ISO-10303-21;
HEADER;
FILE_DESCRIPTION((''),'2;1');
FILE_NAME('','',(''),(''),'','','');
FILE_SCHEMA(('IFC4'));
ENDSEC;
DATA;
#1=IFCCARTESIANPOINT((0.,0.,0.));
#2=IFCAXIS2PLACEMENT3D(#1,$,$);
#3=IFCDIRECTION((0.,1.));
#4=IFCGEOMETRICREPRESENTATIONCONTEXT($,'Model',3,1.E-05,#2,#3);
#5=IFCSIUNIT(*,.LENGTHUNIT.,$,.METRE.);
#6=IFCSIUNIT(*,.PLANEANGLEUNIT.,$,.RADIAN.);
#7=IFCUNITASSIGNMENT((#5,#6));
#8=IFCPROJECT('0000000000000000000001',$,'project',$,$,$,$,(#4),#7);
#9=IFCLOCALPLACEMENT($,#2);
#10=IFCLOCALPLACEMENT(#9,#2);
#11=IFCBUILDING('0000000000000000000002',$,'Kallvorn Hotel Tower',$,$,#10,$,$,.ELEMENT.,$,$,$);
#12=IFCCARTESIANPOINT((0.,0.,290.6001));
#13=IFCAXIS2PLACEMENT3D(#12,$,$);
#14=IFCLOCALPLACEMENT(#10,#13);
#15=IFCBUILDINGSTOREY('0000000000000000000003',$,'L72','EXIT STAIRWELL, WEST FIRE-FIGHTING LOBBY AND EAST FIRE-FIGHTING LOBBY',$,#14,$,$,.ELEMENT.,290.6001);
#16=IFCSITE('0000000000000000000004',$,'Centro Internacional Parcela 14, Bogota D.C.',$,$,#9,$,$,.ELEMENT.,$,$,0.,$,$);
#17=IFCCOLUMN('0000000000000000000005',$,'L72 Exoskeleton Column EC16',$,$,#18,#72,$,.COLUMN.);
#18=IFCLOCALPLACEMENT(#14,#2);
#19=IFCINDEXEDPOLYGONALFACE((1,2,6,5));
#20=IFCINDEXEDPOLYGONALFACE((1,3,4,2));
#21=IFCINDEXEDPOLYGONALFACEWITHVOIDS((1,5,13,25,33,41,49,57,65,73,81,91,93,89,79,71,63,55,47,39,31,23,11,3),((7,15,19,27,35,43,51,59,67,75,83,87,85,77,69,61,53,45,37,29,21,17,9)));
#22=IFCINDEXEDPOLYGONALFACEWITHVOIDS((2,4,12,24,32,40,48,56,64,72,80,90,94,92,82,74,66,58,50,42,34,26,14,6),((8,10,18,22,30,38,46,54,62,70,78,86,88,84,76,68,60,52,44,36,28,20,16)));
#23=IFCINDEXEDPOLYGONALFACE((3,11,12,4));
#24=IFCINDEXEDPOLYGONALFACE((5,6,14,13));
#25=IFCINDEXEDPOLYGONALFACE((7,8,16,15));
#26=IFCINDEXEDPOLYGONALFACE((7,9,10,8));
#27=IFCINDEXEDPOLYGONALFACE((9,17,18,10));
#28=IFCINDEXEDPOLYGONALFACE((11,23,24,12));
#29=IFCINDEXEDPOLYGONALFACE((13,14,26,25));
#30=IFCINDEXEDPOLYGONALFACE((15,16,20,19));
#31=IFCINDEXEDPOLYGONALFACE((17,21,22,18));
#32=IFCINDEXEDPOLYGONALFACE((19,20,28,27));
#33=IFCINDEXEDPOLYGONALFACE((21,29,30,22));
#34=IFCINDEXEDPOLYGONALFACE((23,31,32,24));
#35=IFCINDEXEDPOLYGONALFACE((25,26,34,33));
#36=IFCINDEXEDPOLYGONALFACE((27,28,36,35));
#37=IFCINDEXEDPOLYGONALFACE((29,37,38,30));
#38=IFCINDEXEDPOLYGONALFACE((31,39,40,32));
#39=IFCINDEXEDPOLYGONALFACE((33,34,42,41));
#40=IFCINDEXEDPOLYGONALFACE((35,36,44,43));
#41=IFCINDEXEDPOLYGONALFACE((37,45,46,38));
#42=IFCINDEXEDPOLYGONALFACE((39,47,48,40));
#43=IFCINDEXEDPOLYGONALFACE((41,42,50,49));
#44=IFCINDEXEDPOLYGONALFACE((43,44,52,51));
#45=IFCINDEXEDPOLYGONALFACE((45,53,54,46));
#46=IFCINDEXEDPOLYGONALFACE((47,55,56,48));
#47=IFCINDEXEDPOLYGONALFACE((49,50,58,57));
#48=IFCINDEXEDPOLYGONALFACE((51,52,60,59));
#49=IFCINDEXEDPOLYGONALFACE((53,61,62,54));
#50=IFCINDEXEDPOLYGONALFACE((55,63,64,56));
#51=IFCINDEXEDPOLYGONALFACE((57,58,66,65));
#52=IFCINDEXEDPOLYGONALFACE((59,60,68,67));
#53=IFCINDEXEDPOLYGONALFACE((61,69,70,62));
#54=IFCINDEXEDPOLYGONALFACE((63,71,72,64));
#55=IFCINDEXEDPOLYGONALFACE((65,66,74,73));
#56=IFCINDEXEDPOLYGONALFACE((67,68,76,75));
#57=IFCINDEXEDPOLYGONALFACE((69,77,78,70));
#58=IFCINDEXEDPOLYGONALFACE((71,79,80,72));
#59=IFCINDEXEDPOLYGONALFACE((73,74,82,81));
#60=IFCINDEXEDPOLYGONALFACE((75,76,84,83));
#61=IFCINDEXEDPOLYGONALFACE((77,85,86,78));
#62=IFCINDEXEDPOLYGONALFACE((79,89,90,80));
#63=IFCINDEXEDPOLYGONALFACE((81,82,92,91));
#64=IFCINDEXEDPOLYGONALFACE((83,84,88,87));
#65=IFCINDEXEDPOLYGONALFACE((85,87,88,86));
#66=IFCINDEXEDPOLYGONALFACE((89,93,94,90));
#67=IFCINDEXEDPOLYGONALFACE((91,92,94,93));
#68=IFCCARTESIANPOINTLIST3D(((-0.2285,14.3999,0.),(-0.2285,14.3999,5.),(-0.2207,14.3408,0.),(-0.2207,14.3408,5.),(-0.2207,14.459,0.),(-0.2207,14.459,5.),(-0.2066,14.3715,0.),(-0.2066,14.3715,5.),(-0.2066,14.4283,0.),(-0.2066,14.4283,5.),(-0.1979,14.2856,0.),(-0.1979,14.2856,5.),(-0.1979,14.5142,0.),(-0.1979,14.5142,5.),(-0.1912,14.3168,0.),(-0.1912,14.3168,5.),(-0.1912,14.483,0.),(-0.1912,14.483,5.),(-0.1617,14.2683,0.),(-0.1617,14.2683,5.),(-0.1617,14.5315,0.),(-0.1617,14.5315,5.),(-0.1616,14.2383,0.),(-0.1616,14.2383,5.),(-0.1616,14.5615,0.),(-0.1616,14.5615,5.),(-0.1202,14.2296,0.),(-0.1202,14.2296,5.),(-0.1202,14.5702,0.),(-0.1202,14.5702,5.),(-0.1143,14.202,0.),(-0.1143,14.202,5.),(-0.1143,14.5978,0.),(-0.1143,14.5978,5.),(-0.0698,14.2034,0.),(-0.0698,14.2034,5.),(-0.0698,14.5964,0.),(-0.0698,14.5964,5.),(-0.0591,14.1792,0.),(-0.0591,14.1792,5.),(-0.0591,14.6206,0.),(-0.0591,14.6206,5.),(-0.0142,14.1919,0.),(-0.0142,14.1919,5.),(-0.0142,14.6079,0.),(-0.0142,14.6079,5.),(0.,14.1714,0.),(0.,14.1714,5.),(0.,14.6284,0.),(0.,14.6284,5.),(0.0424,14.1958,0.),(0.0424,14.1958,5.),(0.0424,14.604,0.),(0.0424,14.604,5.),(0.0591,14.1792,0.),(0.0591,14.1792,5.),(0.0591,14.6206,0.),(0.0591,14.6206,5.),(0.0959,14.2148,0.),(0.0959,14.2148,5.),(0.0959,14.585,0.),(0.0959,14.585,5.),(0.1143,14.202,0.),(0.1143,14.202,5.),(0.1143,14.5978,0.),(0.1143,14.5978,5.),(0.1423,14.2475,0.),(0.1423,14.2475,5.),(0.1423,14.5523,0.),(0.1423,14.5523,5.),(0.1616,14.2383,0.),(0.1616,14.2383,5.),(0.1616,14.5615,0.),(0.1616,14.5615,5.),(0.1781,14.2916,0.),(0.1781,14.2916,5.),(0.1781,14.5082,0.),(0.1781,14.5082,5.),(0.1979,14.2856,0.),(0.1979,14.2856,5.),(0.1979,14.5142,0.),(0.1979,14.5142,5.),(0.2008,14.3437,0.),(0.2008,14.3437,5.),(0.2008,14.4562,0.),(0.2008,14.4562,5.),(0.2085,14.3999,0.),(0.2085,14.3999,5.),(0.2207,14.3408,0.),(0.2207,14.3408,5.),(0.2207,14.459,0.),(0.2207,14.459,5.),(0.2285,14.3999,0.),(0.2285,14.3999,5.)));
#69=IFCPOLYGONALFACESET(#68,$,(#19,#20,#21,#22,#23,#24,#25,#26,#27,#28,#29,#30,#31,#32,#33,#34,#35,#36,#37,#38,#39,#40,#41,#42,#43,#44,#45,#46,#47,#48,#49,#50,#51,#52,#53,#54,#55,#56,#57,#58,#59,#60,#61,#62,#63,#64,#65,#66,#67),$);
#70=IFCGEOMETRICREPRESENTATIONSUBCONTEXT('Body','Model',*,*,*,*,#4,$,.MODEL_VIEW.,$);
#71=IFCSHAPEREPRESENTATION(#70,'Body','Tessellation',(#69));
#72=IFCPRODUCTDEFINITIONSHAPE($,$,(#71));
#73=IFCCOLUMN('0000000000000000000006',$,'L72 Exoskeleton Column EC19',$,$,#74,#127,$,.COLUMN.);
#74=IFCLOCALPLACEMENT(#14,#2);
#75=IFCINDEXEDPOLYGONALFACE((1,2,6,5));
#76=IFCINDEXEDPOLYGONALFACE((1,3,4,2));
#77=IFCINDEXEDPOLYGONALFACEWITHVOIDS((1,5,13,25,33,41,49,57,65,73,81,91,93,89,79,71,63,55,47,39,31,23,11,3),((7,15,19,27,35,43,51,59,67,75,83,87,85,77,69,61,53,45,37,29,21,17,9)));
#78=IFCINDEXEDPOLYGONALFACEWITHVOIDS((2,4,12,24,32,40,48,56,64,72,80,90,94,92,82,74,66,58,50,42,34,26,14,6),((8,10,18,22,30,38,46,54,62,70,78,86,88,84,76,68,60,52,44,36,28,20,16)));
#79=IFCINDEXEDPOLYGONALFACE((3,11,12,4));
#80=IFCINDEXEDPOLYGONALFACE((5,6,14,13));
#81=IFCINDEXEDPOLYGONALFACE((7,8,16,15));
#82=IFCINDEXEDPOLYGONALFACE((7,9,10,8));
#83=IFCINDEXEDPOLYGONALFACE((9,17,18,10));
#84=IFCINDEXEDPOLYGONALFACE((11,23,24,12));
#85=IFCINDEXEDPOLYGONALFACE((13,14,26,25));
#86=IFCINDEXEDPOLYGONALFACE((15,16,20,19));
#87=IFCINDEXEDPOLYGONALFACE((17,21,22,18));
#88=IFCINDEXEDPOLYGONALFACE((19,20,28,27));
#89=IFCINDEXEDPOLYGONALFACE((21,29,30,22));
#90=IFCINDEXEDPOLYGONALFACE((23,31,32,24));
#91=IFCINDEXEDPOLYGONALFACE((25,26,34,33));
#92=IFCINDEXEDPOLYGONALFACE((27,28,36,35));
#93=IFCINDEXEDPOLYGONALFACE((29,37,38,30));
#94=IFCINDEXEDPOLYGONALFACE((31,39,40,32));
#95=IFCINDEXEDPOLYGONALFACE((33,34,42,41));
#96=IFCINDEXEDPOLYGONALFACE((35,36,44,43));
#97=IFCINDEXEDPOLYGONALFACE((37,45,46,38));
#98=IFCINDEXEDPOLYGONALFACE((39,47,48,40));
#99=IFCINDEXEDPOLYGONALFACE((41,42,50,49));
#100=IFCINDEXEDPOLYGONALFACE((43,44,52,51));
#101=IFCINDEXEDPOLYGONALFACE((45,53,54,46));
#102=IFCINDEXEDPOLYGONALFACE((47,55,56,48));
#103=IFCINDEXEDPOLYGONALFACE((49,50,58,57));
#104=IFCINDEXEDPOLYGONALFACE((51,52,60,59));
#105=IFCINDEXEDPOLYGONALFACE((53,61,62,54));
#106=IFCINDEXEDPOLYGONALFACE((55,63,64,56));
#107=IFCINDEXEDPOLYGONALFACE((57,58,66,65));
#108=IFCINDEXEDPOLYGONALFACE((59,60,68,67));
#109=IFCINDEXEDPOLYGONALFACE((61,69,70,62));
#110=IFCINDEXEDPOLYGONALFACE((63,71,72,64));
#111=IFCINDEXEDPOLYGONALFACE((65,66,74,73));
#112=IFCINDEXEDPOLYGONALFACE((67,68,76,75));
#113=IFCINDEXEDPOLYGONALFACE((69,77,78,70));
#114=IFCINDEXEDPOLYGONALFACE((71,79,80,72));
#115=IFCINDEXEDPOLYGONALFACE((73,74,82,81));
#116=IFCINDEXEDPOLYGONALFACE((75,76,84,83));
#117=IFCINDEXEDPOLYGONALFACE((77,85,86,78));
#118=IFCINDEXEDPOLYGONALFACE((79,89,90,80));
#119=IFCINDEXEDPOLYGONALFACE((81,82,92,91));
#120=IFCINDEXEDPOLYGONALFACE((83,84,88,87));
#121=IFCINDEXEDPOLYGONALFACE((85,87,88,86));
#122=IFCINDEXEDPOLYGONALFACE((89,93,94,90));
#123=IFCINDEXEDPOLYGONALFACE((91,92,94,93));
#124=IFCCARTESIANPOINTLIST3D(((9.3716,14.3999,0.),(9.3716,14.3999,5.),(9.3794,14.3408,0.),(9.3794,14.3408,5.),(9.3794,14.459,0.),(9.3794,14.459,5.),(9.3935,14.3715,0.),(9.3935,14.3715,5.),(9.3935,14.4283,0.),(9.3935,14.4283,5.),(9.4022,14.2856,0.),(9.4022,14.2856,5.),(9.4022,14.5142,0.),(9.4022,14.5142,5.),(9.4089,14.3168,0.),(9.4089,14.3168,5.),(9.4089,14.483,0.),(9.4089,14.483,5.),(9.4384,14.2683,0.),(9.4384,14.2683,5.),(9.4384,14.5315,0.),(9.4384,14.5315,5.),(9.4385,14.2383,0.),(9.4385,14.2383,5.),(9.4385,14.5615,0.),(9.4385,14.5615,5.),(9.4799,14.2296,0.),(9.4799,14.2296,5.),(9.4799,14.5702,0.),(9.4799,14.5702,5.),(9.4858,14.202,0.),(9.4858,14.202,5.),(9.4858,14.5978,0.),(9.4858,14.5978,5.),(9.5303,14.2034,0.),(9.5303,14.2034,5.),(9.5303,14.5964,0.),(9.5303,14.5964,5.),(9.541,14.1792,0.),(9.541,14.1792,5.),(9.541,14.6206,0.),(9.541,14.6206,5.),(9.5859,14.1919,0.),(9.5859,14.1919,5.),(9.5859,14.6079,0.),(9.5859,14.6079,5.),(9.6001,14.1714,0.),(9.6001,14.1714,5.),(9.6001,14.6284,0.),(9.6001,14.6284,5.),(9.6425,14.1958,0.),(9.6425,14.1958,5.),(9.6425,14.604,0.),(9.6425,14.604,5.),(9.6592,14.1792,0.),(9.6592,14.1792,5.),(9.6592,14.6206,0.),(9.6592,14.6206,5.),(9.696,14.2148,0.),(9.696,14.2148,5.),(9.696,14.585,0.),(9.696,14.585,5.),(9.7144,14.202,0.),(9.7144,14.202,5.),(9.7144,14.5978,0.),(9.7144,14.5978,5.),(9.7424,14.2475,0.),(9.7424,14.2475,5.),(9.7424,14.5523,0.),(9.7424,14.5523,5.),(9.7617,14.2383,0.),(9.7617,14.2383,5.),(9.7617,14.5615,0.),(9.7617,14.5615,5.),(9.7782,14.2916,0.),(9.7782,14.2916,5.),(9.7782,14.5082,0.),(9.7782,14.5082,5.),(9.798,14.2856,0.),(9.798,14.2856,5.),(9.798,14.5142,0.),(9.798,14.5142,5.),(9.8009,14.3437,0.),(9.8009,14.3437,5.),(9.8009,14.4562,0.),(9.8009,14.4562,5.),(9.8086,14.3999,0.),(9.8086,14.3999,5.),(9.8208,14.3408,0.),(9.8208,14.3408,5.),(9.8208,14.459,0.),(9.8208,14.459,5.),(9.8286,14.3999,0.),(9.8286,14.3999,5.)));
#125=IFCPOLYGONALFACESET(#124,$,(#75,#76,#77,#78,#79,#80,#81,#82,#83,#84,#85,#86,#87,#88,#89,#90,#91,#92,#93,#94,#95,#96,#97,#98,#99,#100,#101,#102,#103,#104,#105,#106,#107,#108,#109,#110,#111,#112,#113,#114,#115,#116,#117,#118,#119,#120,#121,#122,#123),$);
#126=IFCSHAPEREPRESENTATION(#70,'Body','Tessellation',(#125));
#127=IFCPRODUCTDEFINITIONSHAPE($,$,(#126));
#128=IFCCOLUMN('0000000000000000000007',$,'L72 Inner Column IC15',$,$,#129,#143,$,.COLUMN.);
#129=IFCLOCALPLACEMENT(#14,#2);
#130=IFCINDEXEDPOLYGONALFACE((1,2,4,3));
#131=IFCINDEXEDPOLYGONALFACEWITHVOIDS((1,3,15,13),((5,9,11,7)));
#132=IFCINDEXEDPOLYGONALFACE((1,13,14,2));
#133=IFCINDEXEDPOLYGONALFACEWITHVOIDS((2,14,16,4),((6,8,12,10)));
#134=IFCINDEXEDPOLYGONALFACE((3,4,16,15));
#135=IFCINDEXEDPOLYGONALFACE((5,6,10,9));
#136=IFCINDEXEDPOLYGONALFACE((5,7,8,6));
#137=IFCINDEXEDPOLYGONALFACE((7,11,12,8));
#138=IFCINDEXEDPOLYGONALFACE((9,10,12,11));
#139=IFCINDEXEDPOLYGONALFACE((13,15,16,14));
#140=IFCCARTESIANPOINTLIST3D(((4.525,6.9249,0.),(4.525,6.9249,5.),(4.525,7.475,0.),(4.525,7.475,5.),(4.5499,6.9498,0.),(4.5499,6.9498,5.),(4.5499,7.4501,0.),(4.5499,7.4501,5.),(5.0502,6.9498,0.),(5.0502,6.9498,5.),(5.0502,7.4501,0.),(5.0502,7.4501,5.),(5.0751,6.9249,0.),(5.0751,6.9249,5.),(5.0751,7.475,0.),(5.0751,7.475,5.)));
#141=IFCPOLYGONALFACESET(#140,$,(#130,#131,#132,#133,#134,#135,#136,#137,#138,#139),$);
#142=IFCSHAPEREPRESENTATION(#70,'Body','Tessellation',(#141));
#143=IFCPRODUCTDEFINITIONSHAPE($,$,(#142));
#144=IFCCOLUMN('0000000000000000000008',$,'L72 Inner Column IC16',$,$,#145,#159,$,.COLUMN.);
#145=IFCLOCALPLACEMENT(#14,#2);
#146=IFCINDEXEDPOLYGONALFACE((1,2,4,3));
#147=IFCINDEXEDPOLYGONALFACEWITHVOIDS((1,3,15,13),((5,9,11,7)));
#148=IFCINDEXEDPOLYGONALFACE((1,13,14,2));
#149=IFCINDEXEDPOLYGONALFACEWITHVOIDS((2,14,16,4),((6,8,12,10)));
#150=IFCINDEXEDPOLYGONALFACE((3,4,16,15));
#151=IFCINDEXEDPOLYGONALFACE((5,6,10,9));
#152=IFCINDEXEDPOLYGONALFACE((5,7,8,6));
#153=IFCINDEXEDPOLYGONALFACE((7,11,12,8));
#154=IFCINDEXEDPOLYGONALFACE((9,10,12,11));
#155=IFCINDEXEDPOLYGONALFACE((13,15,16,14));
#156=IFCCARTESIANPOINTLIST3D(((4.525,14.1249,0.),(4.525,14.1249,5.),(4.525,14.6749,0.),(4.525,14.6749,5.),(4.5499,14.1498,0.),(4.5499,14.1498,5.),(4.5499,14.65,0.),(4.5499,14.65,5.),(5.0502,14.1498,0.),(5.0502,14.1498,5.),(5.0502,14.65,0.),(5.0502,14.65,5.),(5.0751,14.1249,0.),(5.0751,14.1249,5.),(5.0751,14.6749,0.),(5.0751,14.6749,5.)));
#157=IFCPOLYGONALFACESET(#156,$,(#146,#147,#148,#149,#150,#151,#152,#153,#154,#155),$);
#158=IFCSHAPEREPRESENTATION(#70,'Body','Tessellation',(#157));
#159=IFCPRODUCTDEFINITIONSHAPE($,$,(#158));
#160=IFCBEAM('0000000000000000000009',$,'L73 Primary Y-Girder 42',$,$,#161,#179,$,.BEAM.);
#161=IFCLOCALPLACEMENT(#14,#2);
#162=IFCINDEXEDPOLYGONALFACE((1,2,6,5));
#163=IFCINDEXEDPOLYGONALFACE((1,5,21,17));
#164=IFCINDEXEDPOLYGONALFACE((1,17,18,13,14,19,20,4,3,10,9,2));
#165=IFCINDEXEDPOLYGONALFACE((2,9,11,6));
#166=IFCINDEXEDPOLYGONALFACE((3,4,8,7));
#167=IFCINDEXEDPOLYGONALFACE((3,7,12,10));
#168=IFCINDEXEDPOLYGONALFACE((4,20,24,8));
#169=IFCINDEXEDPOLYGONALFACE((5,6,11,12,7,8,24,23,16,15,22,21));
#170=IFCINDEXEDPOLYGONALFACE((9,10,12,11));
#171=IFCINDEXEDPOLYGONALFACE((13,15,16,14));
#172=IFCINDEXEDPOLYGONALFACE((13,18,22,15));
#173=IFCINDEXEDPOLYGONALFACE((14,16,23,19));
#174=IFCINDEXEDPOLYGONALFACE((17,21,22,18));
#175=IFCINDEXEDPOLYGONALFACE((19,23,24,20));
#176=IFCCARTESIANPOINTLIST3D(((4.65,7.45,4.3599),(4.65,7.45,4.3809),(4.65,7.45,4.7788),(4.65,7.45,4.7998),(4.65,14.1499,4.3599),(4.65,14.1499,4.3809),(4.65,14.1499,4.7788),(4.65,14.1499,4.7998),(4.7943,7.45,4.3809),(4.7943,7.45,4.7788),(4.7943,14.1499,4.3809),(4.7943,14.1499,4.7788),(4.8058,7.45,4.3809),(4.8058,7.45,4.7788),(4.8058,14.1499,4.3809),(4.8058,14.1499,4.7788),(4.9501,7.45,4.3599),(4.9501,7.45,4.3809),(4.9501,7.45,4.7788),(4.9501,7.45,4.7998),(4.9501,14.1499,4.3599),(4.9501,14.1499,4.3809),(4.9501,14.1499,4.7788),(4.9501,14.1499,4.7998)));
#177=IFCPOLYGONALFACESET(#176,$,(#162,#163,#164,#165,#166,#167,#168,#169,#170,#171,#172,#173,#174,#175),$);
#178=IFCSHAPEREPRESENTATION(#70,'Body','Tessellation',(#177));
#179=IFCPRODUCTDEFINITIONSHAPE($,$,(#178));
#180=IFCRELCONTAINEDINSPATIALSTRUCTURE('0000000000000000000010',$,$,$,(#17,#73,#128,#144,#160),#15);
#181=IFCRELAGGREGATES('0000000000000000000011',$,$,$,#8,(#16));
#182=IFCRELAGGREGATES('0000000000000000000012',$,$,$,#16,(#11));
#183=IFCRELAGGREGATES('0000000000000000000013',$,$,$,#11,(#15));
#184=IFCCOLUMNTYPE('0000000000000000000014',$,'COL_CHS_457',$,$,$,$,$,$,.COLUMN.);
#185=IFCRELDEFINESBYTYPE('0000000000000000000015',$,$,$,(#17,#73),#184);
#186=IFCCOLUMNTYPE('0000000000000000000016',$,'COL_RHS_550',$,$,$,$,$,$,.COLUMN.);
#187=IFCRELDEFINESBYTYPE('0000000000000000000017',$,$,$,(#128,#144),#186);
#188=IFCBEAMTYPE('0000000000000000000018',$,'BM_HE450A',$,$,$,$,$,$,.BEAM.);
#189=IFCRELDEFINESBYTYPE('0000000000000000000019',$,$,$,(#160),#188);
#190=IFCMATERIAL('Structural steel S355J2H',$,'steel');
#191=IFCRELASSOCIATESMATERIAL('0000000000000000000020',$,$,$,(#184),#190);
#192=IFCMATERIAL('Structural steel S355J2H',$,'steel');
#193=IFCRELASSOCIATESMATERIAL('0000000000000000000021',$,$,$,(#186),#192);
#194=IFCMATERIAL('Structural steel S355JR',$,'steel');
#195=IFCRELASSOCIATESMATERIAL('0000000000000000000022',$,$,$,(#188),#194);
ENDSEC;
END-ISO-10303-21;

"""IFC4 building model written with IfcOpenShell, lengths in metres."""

from ifc_helpers import new_model, si_unit, direction, frame, origin, origin_2d, place, context, subcontext, project, spatial, hollow_rectangle, hollow_circle, i_section, extrude, material, material_profile, profile_set, type_object, element, save


model = new_model("IFC4")

# Units and contexts
model_context = context("Model", 3, precision=1e-05, world=origin(), true_north=direction((0.0, 1.0)))
body_context = subcontext(model_context, "Body", "Model", "MODEL_VIEW")
ifc_project = project(units=[si_unit("LENGTHUNIT", "METRE"), si_unit("PLANEANGLEUNIT", "RADIAN")], contexts=[model_context])

# Site, building, storey
site_placement = place(None, origin())
site = spatial("IfcSite", under=ifc_project, at=site_placement, Name="Centro Internacional Parcela 14, Bogota D.C.", CompositionType="ELEMENT", RefElevation=0.0)
building_placement = place(site_placement, origin())
building = spatial("IfcBuilding", under=site, at=building_placement, Name="Kallvorn Hotel Tower", CompositionType="ELEMENT")
storey_placement = place(building_placement, frame((0.0, 0.0, 290.6001)))
storey = spatial("IfcBuildingStorey", under=building, at=storey_placement, Name="L72", Description="EXIT STAIRWELL, WEST FIRE-FIGHTING LOBBY AND EAST FIRE-FIGHTING LOBBY", CompositionType="ELEMENT", Elevation=290.6001)

# Columns
ifc_material_1 = material(Name="Structural steel S355J2H", Category="steel")
ifc_material_profile_1 = material_profile(ifc_material_1, hollow_circle(Radius=0.2285, WallThickness=0.02, at=origin_2d()), Name="CHS 457x20")
ifc_profile_set_1 = profile_set([ifc_material_profile_1], Name="Structural steel S355J2H")
column_type_1 = type_object("IfcColumnType", Name="COL_CHS_457", PredefinedType="COLUMN", material=ifc_profile_set_1)
for number, where, z_axis, x_axis, name in (
    (1, (0.0, 14.3999, 0.0), (0.0, 0.0, 1.0), (1.0, 0.0, 0.0), "L72 Exoskeleton Column EC16"),
    (2, (9.6001, 14.3999, 0.0), (0.0, 0.0, 1.0), (1.0, 0.0, 0.0), "L72 Exoskeleton Column EC19"),
):
    element("IfcColumn", number, at=place(storey_placement, frame(where, z_axis=z_axis, x_axis=x_axis)), inside=storey, type_object=column_type_1, Name=name, PredefinedType="COLUMN", context=body_context, shape_type="SweptSolid", body=[
        extrude(hollow_circle(Radius=0.2285, WallThickness=0.02, at=origin_2d()), origin(), (0.0, 0.0, 1.0), 5.0),
    ])
ifc_material_2 = material(Name="Structural steel S355J2H", Category="steel")
ifc_material_profile_2 = material_profile(ifc_material_2, hollow_rectangle(XDim=0.55, YDim=0.55, WallThickness=0.0249, at=origin_2d()), Name="RHS 550x550x25")
ifc_profile_set_2 = profile_set([ifc_material_profile_2], Name="Structural steel S355J2H")
column_type_2 = type_object("IfcColumnType", Name="COL_RHS_550", PredefinedType="COLUMN", material=ifc_profile_set_2)
for number, where, z_axis, x_axis, name in (
    (3, (4.8, 7.2, 0.0), (0.0, 0.0, 1.0), (1.0, 0.0, 0.0), "L72 Inner Column IC15"),
    (4, (4.8, 14.3999, 0.0), (0.0, 0.0, 1.0), (1.0, 0.0, 0.0), "L72 Inner Column IC16"),
):
    element("IfcColumn", number, at=place(storey_placement, frame(where, z_axis=z_axis, x_axis=x_axis)), inside=storey, type_object=column_type_2, Name=name, PredefinedType="COLUMN", context=body_context, shape_type="SweptSolid", body=[
        extrude(hollow_rectangle(XDim=0.55, YDim=0.55, WallThickness=0.0249, at=origin_2d()), origin(), (0.0, 0.0, 1.0), 5.0),
    ])

# Beam
ifc_material_3 = material(Name="Structural steel S355JR", Category="steel")
ifc_material_profile_3 = material_profile(ifc_material_3, i_section(OverallWidth=0.3, OverallDepth=0.4399, WebThickness=0.0115, FlangeThickness=0.021, at=origin_2d()), Name="HE 450 A")
ifc_profile_set_3 = profile_set([ifc_material_profile_3], Name="Structural steel S355JR")
beam_type_1 = type_object("IfcBeamType", Name="BM_HE450A", PredefinedType="BEAM", material=ifc_profile_set_3)
beam_1_placement = place(storey_placement, frame((4.8, 7.45, 4.5798), z_axis=(0.0, 1.0, 0.0), x_axis=(-1.0, 0.0, 0.0)))
element("IfcBeam", 5, at=beam_1_placement, inside=storey, type_object=beam_type_1, Name="L73 Primary Y-Girder 42", PredefinedType="BEAM", context=body_context, shape_type="SweptSolid", body=[
    extrude(i_section(OverallWidth=0.3, OverallDepth=0.4399, WebThickness=0.0115, FlangeThickness=0.021, at=origin_2d()), origin(), (0.0, 0.0, 1.0), 6.7),
])

save(model, "model.ifc")
